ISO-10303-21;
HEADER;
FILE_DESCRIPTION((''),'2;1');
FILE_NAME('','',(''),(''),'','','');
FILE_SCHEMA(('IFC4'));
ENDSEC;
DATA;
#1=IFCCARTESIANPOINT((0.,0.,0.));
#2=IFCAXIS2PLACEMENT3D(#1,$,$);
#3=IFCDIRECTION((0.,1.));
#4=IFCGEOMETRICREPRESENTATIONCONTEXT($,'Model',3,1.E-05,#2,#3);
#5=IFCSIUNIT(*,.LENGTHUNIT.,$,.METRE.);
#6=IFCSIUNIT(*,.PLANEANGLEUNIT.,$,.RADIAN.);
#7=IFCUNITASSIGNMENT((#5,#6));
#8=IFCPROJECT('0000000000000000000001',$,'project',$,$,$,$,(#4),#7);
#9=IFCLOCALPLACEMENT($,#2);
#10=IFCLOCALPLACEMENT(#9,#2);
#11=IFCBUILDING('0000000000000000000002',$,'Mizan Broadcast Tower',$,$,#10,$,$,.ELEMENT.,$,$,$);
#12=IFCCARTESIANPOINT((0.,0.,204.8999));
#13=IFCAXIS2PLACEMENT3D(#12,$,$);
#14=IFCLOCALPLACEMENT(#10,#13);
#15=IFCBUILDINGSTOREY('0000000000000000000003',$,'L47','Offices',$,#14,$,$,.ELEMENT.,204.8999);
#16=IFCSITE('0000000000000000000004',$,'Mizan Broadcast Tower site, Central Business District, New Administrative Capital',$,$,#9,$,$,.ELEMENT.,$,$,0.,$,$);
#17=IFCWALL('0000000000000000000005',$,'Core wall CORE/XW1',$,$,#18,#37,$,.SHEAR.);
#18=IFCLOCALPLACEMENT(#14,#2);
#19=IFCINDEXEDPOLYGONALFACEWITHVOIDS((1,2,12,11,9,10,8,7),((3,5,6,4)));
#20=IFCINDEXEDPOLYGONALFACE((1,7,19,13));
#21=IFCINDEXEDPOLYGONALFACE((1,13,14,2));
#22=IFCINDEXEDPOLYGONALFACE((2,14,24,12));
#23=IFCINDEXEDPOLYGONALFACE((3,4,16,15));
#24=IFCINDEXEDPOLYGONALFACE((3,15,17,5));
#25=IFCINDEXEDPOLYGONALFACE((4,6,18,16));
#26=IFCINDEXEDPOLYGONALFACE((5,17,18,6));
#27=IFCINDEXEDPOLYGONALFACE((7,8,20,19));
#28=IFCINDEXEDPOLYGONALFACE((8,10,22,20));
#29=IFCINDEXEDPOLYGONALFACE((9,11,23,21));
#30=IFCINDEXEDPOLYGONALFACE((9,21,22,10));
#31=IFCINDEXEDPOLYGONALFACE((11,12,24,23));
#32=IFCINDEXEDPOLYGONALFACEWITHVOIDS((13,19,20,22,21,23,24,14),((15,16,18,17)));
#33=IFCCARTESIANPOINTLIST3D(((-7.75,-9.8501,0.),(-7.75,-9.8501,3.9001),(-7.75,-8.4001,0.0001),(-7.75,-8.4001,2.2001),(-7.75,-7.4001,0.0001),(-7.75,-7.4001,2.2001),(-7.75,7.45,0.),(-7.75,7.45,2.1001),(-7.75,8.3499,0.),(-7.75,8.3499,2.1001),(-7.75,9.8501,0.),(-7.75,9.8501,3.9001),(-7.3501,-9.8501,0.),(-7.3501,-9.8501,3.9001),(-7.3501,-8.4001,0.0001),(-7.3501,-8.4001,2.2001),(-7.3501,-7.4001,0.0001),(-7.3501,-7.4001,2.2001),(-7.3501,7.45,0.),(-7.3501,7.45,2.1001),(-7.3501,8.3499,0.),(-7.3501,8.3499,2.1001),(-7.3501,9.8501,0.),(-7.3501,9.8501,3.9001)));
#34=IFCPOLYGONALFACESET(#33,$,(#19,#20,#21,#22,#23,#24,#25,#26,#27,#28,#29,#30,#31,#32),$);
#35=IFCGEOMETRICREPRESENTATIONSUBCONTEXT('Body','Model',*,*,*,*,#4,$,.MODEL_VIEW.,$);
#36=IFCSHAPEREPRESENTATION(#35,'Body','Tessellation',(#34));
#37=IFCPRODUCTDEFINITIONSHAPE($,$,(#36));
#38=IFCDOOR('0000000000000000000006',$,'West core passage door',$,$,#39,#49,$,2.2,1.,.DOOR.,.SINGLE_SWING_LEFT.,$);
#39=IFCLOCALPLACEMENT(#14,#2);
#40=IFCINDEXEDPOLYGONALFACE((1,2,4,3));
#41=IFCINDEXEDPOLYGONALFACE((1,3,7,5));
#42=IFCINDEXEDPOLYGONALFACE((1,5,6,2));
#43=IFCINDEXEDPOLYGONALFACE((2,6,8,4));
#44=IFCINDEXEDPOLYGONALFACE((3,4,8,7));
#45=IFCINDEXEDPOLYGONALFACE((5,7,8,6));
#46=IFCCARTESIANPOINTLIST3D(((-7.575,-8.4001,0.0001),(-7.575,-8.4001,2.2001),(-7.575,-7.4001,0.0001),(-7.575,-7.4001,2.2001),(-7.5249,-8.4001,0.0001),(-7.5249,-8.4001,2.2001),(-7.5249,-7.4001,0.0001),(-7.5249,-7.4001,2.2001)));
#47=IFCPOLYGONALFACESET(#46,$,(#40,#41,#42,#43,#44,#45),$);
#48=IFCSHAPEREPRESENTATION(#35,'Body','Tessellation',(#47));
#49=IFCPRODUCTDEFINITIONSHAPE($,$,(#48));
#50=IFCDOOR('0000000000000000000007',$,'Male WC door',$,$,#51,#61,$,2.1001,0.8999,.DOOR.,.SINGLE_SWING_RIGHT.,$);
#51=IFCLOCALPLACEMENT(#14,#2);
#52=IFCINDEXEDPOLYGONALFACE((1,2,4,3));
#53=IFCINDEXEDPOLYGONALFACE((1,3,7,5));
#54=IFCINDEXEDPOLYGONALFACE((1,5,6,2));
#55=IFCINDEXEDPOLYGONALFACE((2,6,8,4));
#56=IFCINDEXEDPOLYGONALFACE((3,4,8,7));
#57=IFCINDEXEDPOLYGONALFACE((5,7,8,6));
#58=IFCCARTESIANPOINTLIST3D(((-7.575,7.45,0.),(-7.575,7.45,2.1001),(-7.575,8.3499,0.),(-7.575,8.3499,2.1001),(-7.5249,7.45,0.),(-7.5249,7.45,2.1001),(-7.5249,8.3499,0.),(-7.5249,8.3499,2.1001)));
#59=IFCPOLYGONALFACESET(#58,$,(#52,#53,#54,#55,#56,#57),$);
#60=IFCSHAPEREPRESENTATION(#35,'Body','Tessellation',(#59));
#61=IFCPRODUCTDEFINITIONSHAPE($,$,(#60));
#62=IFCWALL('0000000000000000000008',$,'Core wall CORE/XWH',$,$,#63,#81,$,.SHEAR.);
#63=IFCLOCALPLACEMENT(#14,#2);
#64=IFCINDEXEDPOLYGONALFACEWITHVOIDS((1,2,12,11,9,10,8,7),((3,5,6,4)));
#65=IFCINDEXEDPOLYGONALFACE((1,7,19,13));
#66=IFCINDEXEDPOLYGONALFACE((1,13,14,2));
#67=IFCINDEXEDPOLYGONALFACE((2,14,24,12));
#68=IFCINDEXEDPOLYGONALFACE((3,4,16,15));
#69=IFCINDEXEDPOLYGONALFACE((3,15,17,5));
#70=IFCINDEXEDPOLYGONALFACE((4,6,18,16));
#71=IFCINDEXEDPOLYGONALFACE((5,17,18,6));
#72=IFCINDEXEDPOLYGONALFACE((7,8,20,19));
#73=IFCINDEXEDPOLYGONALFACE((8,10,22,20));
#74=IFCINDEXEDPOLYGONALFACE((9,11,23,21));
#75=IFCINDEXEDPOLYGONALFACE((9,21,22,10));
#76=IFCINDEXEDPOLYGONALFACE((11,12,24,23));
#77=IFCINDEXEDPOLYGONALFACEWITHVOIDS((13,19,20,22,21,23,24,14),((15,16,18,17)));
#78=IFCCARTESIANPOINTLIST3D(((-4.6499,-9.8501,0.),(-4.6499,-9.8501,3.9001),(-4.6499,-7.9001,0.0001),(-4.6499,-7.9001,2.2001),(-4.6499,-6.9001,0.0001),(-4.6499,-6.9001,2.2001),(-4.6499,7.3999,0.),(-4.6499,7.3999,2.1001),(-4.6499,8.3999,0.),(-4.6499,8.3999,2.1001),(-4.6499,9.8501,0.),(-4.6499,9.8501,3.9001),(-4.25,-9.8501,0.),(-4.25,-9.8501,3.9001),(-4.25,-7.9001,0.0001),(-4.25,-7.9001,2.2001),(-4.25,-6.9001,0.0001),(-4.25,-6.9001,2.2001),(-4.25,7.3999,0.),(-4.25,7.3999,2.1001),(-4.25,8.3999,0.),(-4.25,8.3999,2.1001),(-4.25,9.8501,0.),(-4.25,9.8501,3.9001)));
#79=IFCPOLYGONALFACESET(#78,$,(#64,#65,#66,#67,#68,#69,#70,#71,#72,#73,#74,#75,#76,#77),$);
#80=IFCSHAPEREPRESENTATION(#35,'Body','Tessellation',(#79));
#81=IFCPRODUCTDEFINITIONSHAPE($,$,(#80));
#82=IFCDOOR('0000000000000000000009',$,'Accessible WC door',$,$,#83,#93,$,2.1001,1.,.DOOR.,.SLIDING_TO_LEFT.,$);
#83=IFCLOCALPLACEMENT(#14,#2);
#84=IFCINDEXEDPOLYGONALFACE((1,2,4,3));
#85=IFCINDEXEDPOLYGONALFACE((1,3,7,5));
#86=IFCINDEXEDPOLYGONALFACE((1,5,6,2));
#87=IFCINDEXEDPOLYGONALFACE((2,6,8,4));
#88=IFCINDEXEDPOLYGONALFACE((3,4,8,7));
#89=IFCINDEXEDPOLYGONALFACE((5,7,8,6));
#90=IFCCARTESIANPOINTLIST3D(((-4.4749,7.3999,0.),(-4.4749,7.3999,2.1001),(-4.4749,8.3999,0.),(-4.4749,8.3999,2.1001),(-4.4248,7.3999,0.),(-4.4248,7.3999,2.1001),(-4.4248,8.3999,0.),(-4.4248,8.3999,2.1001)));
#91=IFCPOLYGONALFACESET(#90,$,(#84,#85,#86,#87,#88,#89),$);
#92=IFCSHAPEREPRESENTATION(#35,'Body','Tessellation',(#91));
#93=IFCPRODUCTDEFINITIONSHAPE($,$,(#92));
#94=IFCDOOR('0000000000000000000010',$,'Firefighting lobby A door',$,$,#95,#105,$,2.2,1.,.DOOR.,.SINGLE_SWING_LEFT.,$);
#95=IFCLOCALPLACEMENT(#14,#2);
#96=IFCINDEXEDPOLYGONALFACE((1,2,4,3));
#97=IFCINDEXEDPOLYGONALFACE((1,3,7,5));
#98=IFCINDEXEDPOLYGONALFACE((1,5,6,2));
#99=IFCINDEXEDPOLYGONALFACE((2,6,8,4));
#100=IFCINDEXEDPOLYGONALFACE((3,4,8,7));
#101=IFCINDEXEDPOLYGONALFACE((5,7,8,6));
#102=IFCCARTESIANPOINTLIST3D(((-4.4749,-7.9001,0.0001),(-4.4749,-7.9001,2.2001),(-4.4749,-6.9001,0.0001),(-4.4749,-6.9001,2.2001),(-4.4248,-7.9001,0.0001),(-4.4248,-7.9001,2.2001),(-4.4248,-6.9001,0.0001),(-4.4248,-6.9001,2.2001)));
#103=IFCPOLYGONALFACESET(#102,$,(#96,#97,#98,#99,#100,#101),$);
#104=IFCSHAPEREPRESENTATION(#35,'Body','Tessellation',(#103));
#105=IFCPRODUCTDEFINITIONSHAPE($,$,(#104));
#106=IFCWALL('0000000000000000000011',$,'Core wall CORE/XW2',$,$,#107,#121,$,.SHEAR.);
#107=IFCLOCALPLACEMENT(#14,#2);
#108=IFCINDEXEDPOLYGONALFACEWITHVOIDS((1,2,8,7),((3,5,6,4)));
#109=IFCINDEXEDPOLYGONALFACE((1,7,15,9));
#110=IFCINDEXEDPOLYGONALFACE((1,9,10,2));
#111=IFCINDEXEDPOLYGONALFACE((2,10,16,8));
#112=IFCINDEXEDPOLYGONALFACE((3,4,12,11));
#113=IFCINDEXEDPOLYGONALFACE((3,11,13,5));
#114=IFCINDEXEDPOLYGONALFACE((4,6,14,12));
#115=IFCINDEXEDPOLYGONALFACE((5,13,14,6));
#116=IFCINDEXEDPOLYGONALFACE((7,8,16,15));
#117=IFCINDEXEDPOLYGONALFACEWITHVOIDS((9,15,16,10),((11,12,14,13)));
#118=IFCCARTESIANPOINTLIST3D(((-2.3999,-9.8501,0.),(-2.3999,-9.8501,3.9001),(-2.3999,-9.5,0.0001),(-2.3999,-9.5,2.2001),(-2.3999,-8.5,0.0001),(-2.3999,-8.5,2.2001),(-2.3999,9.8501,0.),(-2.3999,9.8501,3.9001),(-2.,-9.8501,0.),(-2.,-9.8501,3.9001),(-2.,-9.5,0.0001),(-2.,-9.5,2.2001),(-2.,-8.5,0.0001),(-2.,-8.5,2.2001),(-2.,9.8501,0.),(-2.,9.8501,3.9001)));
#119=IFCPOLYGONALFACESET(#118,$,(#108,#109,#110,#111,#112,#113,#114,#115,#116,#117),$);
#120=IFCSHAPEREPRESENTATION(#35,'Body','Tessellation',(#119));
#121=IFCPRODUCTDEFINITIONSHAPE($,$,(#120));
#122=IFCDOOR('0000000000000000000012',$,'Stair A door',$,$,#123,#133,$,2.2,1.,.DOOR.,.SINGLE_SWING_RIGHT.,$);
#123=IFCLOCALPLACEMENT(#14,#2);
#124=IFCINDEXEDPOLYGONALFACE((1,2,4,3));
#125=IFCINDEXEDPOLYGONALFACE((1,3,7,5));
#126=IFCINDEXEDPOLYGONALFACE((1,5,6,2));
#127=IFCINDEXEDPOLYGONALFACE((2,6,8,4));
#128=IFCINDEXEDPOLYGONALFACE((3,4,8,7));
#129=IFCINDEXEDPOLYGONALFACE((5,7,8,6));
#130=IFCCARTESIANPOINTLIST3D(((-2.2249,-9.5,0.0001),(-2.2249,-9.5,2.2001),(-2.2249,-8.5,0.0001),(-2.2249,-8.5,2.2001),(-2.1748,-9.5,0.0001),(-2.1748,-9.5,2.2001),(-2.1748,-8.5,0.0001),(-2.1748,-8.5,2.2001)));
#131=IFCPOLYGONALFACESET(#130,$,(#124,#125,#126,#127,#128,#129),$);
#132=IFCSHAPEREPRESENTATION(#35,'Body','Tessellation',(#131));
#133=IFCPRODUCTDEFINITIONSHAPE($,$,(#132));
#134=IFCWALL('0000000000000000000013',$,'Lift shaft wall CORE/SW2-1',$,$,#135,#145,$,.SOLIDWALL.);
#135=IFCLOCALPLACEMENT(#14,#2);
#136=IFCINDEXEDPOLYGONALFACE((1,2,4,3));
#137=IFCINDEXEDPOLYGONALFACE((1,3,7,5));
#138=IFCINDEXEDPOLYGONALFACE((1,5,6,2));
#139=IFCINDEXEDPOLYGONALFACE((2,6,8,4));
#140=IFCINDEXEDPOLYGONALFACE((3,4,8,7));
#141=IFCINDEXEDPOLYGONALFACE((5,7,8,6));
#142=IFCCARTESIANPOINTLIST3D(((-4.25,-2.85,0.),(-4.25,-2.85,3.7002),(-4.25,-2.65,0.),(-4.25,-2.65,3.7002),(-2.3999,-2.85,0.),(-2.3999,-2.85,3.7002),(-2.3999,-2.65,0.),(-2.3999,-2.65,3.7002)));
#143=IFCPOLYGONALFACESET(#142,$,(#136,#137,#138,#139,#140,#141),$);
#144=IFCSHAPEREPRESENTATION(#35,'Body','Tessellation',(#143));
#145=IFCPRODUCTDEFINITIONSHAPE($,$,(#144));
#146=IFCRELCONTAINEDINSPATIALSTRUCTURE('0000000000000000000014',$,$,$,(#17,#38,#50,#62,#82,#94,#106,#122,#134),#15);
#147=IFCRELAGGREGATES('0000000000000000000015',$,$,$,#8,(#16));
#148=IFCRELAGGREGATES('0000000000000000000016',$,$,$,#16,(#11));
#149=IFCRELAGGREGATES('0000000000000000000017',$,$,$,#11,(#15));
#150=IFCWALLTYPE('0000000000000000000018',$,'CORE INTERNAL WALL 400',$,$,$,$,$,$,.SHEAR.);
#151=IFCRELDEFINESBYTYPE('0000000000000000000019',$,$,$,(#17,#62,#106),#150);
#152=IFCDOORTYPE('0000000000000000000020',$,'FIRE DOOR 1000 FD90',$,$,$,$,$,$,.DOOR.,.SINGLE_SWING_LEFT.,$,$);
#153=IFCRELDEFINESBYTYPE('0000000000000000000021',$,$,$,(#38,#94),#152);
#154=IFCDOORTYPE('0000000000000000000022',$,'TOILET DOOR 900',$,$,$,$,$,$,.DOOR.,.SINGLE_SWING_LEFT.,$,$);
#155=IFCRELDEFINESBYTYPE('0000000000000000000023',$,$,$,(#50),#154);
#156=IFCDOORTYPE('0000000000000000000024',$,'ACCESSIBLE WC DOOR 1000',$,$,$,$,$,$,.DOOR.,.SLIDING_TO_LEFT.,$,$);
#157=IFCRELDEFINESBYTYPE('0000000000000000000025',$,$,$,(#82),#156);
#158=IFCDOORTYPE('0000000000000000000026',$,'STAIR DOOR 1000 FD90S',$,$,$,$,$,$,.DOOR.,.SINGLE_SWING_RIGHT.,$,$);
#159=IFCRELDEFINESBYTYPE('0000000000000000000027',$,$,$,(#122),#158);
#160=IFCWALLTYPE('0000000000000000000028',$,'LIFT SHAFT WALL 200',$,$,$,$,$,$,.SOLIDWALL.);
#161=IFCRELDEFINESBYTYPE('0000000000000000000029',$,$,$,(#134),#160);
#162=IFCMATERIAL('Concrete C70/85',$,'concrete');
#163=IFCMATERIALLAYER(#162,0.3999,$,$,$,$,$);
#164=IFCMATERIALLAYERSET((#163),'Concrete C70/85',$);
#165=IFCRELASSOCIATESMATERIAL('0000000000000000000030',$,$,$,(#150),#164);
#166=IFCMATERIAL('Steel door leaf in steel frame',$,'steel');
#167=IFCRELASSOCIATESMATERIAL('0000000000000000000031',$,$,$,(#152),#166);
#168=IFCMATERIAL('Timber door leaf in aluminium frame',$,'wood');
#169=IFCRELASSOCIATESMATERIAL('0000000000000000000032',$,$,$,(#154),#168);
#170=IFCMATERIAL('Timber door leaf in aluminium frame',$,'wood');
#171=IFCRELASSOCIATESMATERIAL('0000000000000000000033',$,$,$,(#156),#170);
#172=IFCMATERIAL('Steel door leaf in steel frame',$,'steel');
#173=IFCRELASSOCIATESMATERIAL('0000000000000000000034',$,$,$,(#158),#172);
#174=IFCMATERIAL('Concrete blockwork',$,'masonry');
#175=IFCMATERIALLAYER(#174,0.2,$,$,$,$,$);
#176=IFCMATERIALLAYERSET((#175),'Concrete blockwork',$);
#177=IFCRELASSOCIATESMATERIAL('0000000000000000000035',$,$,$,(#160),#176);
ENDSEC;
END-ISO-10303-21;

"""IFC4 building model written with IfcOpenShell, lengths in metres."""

from ifc_helpers import new_model, si_unit, direction, frame, frame_2d, origin, place, context, subcontext, project, spatial, rectangle, extrude, material, layer, layer_set, type_object, element, fill, save


model = new_model("IFC4")

# Units and contexts
model_context = context("Model", 3, precision=1e-05, world=origin(), true_north=direction((0.0, 1.0)))
body_context = subcontext(model_context, "Body", "Model", "MODEL_VIEW")
ifc_project = project(units=[si_unit("LENGTHUNIT", "METRE"), si_unit("PLANEANGLEUNIT", "RADIAN")], contexts=[model_context])

# Site, building, storey
site_placement = place(None, origin())
site = spatial("IfcSite", under=ifc_project, at=site_placement, Name="Mizan Broadcast Tower site, Central Business District, New Administrative Capital", CompositionType="ELEMENT", RefElevation=0.0)
building_placement = place(site_placement, origin())
building = spatial("IfcBuilding", under=site, at=building_placement, Name="Mizan Broadcast Tower", CompositionType="ELEMENT")
storey_placement = place(building_placement, frame((0.0, 0.0, 204.8999)))
storey = spatial("IfcBuildingStorey", under=building, at=storey_placement, Name="L47", Description="Offices", CompositionType="ELEMENT", Elevation=204.8999)

# Walls, openings, doors
ifc_material_1 = material(Name="Concrete C70/85", Category="concrete")
ifc_layer_1 = layer(ifc_material_1, 0.3999)
ifc_layer_set_1 = layer_set([ifc_layer_1], Name="Concrete C70/85")
wall_type_1 = type_object("IfcWallType", Name="CORE INTERNAL WALL 400", PredefinedType="SHEAR", material=ifc_layer_set_1)
wall_1_placement = place(storey_placement, frame((-7.55, -9.8501, 0.0), z_axis=(0.0, 0.0, 1.0), x_axis=(0.0, 1.0, 0.0)))
wall_1 = element("IfcWall", 1, at=wall_1_placement, inside=storey, type_object=wall_type_1, Name="Core wall CORE/XW1", PredefinedType="SHEAR", context=body_context, shape_type="SweptSolid", body=[
    extrude(rectangle(XDim=19.7002, YDim=0.3999, at=frame_2d((9.8501, 0.0))), origin(), (0.0, 0.0, 1.0), 3.9001),
])
opening_1_placement = place(wall_1_placement, frame((1.45, 0.0, 0.0)))
opening_1 = element("IfcOpeningElement", 2, at=opening_1_placement, cuts=wall_1, PredefinedType="OPENING", context=body_context, shape_type="SweptSolid", body=[
    extrude(rectangle(XDim=1.0, YDim=2.2, at=frame_2d((0.5, 1.1001))), frame((0.0, 0.21, 0.0), z_axis=(0.0, -1.0, 0.0), x_axis=(1.0, 0.0, 0.0)), (0.0, 0.0, 1.0), 0.4199),
])
opening_2_placement = place(wall_1_placement, frame((17.3, 0.0, 0.0)))
opening_2 = element("IfcOpeningElement", 3, at=opening_2_placement, cuts=wall_1, PredefinedType="OPENING", context=body_context, shape_type="SweptSolid", body=[
    extrude(rectangle(XDim=0.8999, YDim=2.1001, at=frame_2d((0.45, 1.05))), frame((0.0, 0.21, 0.0), z_axis=(0.0, -1.0, 0.0), x_axis=(1.0, 0.0, 0.0)), (0.0, 0.0, 1.0), 0.4199),
])
ifc_material_2 = material(Name="Steel door leaf in steel frame", Category="steel")
door_type_1 = type_object("IfcDoorType", Name="FIRE DOOR 1000 FD90", OperationType="SINGLE_SWING_LEFT", PredefinedType="DOOR", material=ifc_material_2)
door_1_placement = place(opening_1_placement, origin())
door_1 = element("IfcDoor", 4, at=door_1_placement, inside=storey, type_object=door_type_1, Name="West core passage door", OperationType="SINGLE_SWING_LEFT", OverallHeight=2.2, OverallWidth=1.0, PredefinedType="DOOR", context=body_context, shape_type="SweptSolid", body=[
    extrude(rectangle(XDim=1.0, YDim=2.2, at=frame_2d((0.5, 1.1001))), frame((0.0, 0.0249, 0.0), z_axis=(0.0, -1.0, 0.0), x_axis=(1.0, 0.0, 0.0)), (0.0, 0.0, 1.0), 0.05),
])
fill(opening_1, door_1)
ifc_material_3 = material(Name="Timber door leaf in aluminium frame", Category="wood")
door_type_2 = type_object("IfcDoorType", Name="TOILET DOOR 900", OperationType="SINGLE_SWING_LEFT", PredefinedType="DOOR", material=ifc_material_3)
door_2_placement = place(opening_2_placement, origin())
door_2 = element("IfcDoor", 5, at=door_2_placement, inside=storey, type_object=door_type_2, Name="Male WC door", OperationType="SINGLE_SWING_RIGHT", OverallHeight=2.1001, OverallWidth=0.8999, PredefinedType="DOOR", context=body_context, shape_type="SweptSolid", body=[
    extrude(rectangle(XDim=0.8999, YDim=2.1001, at=frame_2d((0.45, 1.05))), frame((0.0, 0.0249, 0.0), z_axis=(0.0, -1.0, 0.0), x_axis=(1.0, 0.0, 0.0)), (0.0, 0.0, 1.0), 0.05),
])
fill(opening_2, door_2)
wall_2_placement = place(storey_placement, frame((-4.45, -9.8501, 0.0), z_axis=(0.0, 0.0, 1.0), x_axis=(0.0, 1.0, 0.0)))
wall_2 = element("IfcWall", 6, at=wall_2_placement, inside=storey, type_object=wall_type_1, Name="Core wall CORE/XWH", PredefinedType="SHEAR", context=body_context, shape_type="SweptSolid", body=[
    extrude(rectangle(XDim=19.7002, YDim=0.3999, at=frame_2d((9.8501, 0.0))), origin(), (0.0, 0.0, 1.0), 3.9001),
])
opening_3_placement = place(wall_2_placement, frame((1.95, 0.0, 0.0)))
opening_3 = element("IfcOpeningElement", 7, at=opening_3_placement, cuts=wall_2, PredefinedType="OPENING", context=body_context, shape_type="SweptSolid", body=[
    extrude(rectangle(XDim=1.0, YDim=2.2, at=frame_2d((0.5, 1.1001))), frame((0.0, 0.21, 0.0), z_axis=(0.0, -1.0, 0.0), x_axis=(1.0, 0.0, 0.0)), (0.0, 0.0, 1.0), 0.4199),
])
opening_4_placement = place(wall_2_placement, frame((17.25, 0.0, 0.0)))
opening_4 = element("IfcOpeningElement", 8, at=opening_4_placement, cuts=wall_2, PredefinedType="OPENING", context=body_context, shape_type="SweptSolid", body=[
    extrude(rectangle(XDim=1.0, YDim=2.1001, at=frame_2d((0.5, 1.05))), frame((0.0, 0.21, 0.0), z_axis=(0.0, -1.0, 0.0), x_axis=(1.0, 0.0, 0.0)), (0.0, 0.0, 1.0), 0.4199),
])
ifc_material_4 = material(Name="Timber door leaf in aluminium frame", Category="wood")
door_type_3 = type_object("IfcDoorType", Name="ACCESSIBLE WC DOOR 1000", OperationType="SLIDING_TO_LEFT", PredefinedType="DOOR", material=ifc_material_4)
door_3_placement = place(opening_4_placement, origin())
door_3 = element("IfcDoor", 9, at=door_3_placement, inside=storey, type_object=door_type_3, Name="Accessible WC door", OperationType="SLIDING_TO_LEFT", OverallHeight=2.1001, OverallWidth=1.0, PredefinedType="DOOR", context=body_context, shape_type="SweptSolid", body=[
    extrude(rectangle(XDim=1.0, YDim=2.1001, at=frame_2d((0.5, 1.05))), frame((0.0, 0.0249, 0.0), z_axis=(0.0, -1.0, 0.0), x_axis=(1.0, 0.0, 0.0)), (0.0, 0.0, 1.0), 0.05),
])
fill(opening_4, door_3)
door_4_placement = place(opening_3_placement, origin())
door_4 = element("IfcDoor", 10, at=door_4_placement, inside=storey, type_object=door_type_1, Name="Firefighting lobby A door", OperationType="SINGLE_SWING_LEFT", OverallHeight=2.2, OverallWidth=1.0, PredefinedType="DOOR", context=body_context, shape_type="SweptSolid", body=[
    extrude(rectangle(XDim=1.0, YDim=2.2, at=frame_2d((0.5, 1.1001))), frame((0.0, 0.0249, 0.0), z_axis=(0.0, -1.0, 0.0), x_axis=(1.0, 0.0, 0.0)), (0.0, 0.0, 1.0), 0.05),
])
fill(opening_3, door_4)

# Wall, opening, door
wall_3_placement = place(storey_placement, frame((-2.2, -9.8501, 0.0), z_axis=(0.0, 0.0, 1.0), x_axis=(0.0, 1.0, 0.0)))
wall_3 = element("IfcWall", 11, at=wall_3_placement, inside=storey, type_object=wall_type_1, Name="Core wall CORE/XW2", PredefinedType="SHEAR", context=body_context, shape_type="SweptSolid", body=[
    extrude(rectangle(XDim=19.7002, YDim=0.3999, at=frame_2d((9.8501, 0.0))), origin(), (0.0, 0.0, 1.0), 3.9001),
])
opening_5_placement = place(wall_3_placement, frame((0.3501, 0.0, 0.0)))
opening_5 = element("IfcOpeningElement", 12, at=opening_5_placement, cuts=wall_3, PredefinedType="OPENING", context=body_context, shape_type="SweptSolid", body=[
    extrude(rectangle(XDim=1.0, YDim=2.2, at=frame_2d((0.5, 1.1001))), frame((0.0, 0.21, 0.0), z_axis=(0.0, -1.0, 0.0), x_axis=(1.0, 0.0, 0.0)), (0.0, 0.0, 1.0), 0.4199),
])
ifc_material_5 = material(Name="Steel door leaf in steel frame", Category="steel")
door_type_4 = type_object("IfcDoorType", Name="STAIR DOOR 1000 FD90S", OperationType="SINGLE_SWING_RIGHT", PredefinedType="DOOR", material=ifc_material_5)
door_5_placement = place(opening_5_placement, origin())
door_5 = element("IfcDoor", 13, at=door_5_placement, inside=storey, type_object=door_type_4, Name="Stair A door", OperationType="SINGLE_SWING_RIGHT", OverallHeight=2.2, OverallWidth=1.0, PredefinedType="DOOR", context=body_context, shape_type="SweptSolid", body=[
    extrude(rectangle(XDim=1.0, YDim=2.2, at=frame_2d((0.5, 1.1001))), frame((0.0, 0.0249, 0.0), z_axis=(0.0, -1.0, 0.0), x_axis=(1.0, 0.0, 0.0)), (0.0, 0.0, 1.0), 0.05),
])
fill(opening_5, door_5)

# Wall
ifc_material_6 = material(Name="Concrete blockwork", Category="masonry")
ifc_layer_2 = layer(ifc_material_6, 0.2)
ifc_layer_set_2 = layer_set([ifc_layer_2], Name="Concrete blockwork")
wall_type_2 = type_object("IfcWallType", Name="LIFT SHAFT WALL 200", PredefinedType="SOLIDWALL", material=ifc_layer_set_2)
wall_4_placement = place(storey_placement, frame((-4.25, -2.75, 0.0), z_axis=(0.0, 0.0, 1.0), x_axis=(1.0, 0.0, 0.0)))
element("IfcWall", 14, at=wall_4_placement, inside=storey, type_object=wall_type_2, Name="Lift shaft wall CORE/SW2-1", PredefinedType="SOLIDWALL", context=body_context, shape_type="SweptSolid", body=[
    extrude(rectangle(XDim=1.8501, YDim=0.2, at=frame_2d((0.925, 0.0))), origin(), (0.0, 0.0, 1.0), 3.7002),
])

save(model, "model.ifc")
